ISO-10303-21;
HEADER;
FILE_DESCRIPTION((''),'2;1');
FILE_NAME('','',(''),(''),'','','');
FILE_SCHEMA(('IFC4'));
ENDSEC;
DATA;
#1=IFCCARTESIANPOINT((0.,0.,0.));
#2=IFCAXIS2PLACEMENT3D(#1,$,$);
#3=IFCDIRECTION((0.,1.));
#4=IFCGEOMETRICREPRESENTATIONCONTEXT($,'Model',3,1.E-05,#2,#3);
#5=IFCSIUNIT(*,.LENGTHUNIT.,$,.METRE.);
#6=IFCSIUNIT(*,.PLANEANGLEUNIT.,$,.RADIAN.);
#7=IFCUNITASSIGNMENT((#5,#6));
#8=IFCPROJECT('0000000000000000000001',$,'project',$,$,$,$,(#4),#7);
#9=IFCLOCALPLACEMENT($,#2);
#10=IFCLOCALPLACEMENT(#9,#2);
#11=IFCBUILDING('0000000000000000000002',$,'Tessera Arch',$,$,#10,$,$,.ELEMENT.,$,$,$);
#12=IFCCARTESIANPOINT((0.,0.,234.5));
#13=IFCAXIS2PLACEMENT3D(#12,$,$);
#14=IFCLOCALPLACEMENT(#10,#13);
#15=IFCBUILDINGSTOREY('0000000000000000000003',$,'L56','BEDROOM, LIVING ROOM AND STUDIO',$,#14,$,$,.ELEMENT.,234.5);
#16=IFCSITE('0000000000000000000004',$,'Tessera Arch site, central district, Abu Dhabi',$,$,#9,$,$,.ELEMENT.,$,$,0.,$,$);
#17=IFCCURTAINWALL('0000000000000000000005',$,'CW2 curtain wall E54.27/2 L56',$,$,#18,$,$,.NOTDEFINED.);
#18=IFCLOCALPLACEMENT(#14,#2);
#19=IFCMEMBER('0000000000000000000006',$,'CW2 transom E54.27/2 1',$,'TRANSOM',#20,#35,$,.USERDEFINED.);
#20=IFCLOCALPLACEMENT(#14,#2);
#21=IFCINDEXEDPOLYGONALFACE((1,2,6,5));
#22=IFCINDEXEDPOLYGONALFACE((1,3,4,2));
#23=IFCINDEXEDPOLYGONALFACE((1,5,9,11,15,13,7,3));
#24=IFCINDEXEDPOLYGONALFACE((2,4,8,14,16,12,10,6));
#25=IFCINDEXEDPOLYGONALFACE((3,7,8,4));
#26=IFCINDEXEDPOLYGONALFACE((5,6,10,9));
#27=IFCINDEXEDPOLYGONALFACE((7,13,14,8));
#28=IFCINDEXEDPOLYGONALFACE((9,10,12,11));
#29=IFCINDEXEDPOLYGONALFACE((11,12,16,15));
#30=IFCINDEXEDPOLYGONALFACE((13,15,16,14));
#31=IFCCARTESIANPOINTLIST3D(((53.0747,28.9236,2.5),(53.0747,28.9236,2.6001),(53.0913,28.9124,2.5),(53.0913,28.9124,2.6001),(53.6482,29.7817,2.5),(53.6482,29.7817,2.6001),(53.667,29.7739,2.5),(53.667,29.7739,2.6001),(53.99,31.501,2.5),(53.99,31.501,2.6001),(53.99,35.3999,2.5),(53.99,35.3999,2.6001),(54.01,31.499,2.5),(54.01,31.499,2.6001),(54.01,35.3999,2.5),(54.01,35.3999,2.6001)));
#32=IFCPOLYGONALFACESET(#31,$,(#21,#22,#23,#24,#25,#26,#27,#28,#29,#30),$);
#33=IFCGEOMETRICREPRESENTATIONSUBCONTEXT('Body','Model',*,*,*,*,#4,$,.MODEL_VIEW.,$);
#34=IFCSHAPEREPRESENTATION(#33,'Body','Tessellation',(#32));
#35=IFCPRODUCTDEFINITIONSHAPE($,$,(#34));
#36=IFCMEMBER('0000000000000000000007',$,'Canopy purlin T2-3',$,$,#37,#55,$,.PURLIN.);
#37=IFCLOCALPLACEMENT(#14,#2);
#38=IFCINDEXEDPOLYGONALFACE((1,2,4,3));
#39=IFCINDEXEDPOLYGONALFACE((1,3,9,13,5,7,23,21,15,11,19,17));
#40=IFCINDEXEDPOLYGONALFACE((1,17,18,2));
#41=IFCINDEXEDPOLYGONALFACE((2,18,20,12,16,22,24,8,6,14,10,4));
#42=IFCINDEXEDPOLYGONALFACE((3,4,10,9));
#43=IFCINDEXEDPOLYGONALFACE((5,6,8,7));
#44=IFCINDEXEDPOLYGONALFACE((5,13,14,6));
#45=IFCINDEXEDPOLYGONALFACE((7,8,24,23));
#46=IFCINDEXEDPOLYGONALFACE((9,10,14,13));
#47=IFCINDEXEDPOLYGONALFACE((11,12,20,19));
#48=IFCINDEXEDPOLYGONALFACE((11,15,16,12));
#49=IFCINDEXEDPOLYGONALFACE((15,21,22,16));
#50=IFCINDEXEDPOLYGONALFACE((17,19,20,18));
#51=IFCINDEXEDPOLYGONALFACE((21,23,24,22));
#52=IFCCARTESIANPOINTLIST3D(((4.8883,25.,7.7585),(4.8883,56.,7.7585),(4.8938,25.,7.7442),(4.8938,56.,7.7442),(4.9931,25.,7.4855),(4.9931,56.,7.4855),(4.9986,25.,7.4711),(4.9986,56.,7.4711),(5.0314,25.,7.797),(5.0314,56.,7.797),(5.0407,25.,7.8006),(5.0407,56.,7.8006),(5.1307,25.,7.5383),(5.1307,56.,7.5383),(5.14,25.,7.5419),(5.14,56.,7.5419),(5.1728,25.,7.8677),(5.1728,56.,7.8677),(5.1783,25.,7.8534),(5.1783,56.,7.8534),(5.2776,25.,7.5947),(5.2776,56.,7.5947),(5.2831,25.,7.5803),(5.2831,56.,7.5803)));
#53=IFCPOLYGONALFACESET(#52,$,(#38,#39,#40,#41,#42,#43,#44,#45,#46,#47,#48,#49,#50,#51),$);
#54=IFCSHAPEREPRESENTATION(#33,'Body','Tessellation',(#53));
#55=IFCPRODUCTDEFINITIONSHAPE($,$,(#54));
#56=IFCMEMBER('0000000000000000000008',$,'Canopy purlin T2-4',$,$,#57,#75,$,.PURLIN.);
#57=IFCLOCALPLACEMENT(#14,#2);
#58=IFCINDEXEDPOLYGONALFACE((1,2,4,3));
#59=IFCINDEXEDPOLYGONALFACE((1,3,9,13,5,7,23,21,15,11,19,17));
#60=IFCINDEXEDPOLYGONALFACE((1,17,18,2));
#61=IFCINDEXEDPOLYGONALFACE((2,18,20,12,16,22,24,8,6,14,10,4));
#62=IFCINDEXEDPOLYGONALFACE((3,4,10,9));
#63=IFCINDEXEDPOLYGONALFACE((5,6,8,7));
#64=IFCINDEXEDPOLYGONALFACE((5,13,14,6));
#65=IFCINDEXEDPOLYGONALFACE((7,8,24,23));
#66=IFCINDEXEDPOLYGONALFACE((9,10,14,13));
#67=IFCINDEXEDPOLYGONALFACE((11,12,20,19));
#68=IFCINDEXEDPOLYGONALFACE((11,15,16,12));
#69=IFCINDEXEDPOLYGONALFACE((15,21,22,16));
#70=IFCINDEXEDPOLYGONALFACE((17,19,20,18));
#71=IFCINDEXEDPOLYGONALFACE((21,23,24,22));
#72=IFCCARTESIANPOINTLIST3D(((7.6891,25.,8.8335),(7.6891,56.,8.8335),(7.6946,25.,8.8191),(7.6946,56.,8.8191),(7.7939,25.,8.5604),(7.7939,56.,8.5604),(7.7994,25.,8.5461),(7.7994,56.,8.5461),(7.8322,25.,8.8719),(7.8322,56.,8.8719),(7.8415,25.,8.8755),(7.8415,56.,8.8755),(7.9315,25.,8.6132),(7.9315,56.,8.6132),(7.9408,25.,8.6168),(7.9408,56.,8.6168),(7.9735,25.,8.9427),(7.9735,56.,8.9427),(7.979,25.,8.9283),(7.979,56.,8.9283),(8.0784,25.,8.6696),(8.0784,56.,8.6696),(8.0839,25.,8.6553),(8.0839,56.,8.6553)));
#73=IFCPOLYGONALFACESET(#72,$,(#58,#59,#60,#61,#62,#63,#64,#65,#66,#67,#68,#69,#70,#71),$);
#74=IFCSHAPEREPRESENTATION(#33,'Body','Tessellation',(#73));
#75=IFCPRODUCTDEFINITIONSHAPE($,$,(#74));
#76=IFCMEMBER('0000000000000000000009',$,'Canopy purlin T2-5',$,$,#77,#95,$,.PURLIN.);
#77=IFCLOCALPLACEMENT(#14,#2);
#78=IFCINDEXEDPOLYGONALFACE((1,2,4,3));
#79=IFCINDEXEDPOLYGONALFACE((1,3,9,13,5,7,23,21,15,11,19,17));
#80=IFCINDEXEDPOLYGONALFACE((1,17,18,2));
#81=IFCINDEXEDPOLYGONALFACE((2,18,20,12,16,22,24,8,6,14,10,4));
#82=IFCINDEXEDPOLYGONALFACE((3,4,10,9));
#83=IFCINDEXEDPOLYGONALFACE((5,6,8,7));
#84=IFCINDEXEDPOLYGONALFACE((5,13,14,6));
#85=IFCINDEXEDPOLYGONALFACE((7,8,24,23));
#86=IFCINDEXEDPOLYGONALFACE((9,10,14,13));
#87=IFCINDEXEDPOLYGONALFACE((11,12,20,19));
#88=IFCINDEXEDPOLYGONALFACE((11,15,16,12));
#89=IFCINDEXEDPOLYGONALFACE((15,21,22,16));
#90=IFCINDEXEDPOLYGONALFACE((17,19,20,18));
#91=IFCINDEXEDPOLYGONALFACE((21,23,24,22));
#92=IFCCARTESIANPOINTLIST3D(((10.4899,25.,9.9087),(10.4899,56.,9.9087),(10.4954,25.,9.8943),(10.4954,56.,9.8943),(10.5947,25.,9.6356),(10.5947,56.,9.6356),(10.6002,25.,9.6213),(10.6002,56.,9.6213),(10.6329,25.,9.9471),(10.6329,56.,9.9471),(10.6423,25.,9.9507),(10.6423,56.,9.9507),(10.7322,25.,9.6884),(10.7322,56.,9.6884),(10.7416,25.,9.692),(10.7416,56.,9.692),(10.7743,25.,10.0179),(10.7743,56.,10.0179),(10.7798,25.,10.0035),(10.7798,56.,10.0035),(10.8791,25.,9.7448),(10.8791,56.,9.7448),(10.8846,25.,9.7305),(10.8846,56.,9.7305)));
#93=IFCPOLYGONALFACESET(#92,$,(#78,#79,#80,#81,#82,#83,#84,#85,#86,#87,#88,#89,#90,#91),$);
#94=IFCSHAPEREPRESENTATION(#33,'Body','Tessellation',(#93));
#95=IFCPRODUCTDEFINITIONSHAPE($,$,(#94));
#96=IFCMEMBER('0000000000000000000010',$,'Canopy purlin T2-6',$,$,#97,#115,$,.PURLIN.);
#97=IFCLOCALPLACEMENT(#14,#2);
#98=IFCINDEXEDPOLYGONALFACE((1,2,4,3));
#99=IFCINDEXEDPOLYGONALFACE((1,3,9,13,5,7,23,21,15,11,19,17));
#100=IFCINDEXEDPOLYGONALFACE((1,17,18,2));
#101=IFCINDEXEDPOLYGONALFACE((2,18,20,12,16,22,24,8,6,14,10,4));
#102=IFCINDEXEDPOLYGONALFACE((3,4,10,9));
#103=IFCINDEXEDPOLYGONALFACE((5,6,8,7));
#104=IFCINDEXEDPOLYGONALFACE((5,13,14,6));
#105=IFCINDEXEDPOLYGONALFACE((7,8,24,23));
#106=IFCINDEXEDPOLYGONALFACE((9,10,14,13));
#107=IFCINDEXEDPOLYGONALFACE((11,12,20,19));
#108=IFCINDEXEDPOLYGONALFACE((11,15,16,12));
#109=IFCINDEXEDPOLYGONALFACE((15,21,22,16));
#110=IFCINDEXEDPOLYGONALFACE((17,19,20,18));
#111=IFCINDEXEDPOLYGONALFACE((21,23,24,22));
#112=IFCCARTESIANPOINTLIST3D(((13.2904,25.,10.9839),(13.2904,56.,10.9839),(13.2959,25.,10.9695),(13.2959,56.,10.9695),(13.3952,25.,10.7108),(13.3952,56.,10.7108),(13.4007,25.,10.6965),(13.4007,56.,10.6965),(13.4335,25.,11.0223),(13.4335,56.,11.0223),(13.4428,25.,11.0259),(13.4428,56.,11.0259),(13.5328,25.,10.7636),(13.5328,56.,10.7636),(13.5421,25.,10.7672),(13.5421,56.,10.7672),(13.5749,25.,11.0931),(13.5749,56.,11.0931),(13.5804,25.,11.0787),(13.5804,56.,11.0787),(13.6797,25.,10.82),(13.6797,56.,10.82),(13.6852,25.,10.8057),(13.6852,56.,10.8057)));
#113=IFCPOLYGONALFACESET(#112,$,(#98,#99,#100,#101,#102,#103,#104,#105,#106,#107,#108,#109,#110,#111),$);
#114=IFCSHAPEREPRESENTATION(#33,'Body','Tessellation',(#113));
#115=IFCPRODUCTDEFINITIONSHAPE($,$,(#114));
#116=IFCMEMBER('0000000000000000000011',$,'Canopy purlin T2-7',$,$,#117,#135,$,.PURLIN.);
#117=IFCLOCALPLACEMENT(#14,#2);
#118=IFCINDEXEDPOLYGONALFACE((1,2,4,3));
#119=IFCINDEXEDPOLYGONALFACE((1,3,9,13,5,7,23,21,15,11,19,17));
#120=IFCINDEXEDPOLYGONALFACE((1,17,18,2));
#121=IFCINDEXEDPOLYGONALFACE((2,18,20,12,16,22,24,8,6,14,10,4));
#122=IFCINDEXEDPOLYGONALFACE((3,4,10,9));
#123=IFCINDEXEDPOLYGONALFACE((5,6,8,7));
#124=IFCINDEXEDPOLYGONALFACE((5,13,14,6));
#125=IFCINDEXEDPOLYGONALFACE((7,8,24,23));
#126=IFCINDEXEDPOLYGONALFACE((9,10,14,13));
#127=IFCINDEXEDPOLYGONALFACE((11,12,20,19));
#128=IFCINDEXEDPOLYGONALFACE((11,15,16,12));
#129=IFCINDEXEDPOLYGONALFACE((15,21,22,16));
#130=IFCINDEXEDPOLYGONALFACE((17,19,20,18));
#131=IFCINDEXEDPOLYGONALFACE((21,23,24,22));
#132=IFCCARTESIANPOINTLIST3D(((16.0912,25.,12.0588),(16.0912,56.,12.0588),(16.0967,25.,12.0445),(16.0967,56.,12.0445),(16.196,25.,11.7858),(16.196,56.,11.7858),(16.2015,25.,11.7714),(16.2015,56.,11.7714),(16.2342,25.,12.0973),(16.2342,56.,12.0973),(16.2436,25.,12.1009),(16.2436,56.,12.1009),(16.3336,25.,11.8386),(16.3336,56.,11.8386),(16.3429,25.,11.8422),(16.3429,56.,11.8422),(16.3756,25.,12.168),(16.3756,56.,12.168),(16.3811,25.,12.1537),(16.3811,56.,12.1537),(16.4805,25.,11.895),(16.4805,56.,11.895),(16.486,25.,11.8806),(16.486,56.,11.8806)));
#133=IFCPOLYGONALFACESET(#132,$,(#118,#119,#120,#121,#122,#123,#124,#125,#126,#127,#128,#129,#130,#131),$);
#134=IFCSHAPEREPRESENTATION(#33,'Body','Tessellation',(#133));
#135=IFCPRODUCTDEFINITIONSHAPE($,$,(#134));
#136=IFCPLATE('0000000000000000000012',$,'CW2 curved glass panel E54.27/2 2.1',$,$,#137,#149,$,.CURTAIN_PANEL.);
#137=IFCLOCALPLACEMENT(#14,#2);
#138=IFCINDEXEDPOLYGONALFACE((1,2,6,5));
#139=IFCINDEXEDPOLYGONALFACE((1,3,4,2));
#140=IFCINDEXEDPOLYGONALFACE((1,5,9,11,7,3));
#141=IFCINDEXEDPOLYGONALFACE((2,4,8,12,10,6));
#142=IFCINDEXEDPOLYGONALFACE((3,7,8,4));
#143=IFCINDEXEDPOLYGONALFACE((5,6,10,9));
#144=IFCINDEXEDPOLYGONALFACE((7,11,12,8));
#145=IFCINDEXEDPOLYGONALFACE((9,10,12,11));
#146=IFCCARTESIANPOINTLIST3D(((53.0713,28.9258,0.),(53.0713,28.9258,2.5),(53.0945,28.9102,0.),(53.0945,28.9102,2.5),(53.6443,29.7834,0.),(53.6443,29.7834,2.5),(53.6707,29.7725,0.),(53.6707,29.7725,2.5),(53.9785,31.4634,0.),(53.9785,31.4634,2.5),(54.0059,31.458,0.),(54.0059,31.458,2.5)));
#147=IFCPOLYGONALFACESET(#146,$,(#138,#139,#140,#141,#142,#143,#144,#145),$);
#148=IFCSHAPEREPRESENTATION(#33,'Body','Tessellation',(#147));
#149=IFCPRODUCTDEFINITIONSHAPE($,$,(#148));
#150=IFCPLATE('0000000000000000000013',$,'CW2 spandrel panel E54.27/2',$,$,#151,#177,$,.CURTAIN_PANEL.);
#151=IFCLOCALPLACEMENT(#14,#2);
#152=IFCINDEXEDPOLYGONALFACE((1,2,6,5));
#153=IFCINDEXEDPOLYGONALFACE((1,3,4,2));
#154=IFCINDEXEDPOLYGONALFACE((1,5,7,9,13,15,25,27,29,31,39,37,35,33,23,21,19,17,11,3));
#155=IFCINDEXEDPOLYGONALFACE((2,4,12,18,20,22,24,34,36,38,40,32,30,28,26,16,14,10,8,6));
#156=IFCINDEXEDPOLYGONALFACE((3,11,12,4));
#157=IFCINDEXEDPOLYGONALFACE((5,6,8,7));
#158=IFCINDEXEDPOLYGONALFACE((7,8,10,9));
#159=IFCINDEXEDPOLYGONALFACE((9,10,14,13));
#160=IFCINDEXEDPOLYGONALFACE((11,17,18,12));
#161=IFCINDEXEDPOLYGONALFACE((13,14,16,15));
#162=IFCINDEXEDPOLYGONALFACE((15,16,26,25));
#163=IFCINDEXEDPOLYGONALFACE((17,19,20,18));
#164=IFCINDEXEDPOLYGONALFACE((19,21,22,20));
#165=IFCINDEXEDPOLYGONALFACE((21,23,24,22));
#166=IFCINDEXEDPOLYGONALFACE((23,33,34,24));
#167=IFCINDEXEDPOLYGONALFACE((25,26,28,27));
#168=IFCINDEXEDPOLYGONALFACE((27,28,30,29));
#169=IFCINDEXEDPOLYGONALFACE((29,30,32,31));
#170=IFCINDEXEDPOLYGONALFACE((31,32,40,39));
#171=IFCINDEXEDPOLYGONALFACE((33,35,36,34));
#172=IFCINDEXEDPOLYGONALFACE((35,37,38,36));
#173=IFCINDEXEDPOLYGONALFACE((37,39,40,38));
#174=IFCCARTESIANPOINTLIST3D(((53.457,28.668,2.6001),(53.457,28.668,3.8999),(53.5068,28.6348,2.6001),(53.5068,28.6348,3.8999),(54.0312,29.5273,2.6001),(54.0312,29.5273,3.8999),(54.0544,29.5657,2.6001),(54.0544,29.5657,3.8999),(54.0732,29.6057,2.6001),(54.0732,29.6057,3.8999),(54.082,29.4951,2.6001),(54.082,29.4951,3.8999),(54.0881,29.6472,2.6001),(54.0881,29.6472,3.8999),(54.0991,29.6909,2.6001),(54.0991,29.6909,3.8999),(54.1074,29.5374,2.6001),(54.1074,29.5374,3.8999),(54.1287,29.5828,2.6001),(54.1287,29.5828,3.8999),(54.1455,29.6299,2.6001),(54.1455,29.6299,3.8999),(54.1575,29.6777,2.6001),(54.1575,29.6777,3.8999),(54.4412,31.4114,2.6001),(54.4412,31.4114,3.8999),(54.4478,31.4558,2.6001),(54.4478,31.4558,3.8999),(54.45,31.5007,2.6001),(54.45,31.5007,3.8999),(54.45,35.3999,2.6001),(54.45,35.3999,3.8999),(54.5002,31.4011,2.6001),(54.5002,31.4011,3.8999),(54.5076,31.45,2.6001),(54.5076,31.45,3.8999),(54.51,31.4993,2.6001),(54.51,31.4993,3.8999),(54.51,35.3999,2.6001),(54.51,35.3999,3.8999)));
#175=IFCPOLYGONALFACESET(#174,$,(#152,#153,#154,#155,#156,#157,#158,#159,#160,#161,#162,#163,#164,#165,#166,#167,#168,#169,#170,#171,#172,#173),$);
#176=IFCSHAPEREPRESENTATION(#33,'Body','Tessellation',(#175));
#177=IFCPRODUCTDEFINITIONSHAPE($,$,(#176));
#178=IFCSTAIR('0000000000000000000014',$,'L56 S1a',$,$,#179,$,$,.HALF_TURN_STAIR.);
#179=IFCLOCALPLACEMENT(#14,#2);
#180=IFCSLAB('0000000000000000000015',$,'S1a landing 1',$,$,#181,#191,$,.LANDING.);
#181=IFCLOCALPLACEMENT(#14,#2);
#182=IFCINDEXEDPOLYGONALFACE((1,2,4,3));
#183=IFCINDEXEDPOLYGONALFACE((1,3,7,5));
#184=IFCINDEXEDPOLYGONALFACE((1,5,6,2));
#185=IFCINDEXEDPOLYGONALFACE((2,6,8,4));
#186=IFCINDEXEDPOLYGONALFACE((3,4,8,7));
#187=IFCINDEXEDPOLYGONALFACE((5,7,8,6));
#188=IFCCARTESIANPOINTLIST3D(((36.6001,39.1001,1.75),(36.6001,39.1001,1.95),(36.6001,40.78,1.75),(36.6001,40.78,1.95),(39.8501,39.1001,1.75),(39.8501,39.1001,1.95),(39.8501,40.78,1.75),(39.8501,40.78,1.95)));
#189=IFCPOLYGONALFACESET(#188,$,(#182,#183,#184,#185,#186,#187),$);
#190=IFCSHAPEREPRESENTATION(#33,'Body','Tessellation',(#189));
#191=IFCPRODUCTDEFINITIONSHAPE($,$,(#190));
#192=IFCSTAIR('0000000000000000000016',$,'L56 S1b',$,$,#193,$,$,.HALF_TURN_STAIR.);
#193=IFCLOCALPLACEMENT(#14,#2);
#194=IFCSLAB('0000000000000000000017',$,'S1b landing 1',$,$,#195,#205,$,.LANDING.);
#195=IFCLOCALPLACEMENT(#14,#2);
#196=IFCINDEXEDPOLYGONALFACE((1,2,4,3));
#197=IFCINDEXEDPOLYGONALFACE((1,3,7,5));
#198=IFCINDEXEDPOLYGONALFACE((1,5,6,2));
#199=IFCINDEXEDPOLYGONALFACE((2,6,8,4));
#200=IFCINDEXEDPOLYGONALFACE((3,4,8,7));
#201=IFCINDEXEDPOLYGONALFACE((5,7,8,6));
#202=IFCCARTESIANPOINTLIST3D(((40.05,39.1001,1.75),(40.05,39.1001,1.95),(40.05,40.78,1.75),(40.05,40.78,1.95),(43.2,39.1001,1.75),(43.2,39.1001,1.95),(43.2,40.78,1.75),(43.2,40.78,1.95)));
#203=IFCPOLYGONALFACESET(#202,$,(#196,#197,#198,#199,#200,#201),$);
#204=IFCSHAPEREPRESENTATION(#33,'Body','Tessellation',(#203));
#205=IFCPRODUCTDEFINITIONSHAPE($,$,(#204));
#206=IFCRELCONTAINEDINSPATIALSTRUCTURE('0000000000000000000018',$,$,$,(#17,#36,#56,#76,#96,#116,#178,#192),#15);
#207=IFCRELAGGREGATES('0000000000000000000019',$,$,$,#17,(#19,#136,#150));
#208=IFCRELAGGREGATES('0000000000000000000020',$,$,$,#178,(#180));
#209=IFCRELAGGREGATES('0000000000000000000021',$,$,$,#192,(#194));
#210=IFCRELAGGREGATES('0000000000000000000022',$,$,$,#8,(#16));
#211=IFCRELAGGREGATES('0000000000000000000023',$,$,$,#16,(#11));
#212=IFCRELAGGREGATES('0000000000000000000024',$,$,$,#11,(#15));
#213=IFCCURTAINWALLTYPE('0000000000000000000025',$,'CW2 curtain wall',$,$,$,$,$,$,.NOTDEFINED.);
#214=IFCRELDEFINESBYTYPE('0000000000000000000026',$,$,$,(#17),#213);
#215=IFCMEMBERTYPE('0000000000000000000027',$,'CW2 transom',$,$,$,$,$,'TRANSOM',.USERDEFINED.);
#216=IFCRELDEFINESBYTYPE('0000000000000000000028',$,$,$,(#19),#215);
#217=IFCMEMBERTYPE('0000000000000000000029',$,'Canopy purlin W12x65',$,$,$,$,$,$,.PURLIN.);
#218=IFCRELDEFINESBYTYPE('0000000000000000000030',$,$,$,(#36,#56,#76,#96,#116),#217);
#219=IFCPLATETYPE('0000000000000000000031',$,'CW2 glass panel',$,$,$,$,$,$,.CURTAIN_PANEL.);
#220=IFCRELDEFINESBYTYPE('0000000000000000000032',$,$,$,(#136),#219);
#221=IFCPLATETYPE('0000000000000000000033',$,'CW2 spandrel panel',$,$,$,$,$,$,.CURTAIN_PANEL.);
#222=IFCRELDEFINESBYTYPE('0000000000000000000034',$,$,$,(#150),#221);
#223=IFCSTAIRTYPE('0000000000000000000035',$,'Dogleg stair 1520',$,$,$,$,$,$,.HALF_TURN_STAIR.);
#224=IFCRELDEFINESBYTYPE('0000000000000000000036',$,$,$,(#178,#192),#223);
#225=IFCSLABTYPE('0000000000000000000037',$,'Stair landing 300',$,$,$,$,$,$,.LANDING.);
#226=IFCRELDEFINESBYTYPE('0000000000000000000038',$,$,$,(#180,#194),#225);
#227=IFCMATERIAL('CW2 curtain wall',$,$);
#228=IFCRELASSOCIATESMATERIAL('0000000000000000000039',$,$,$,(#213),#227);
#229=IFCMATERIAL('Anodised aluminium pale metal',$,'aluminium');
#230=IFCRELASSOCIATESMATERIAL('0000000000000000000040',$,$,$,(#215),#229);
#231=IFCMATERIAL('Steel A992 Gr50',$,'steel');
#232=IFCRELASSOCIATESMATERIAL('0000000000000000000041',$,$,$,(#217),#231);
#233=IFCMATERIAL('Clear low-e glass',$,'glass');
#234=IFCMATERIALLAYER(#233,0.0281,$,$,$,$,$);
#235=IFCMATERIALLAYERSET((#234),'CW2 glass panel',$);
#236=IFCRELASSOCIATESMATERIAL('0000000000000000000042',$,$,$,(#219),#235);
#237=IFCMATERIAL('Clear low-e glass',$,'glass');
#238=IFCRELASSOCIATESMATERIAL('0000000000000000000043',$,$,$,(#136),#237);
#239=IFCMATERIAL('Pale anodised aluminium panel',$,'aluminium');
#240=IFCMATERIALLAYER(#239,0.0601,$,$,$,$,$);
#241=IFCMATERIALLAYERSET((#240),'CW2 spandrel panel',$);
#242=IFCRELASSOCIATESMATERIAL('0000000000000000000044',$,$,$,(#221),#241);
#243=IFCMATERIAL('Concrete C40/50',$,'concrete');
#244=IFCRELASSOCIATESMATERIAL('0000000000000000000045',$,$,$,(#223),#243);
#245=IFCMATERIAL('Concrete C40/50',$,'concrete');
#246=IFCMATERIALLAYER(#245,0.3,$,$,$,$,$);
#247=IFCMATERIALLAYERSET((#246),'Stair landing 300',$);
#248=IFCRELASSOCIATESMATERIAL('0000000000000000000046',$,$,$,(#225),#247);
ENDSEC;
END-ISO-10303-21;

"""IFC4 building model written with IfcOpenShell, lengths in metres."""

from ifc_helpers import new_model, si_unit, direction, frame, origin, origin_2d, place, context, subcontext, project, spatial, polyline, rectangle, i_section, outline, extrude, material, layer, layer_set, material_profile, profile_set, type_object, element, aggregate, save


model = new_model("IFC4")

# Units and contexts
model_context = context("Model", 3, precision=1e-05, world=origin(), true_north=direction((0.0, 1.0)))
body_context = subcontext(model_context, "Body", "Model", "MODEL_VIEW")
ifc_project = project(units=[si_unit("LENGTHUNIT", "METRE"), si_unit("PLANEANGLEUNIT", "RADIAN")], contexts=[model_context])

# Site, building, storey
site_placement = place(None, origin())
site = spatial("IfcSite", under=ifc_project, at=site_placement, Name="Tessera Arch site, central district, Abu Dhabi", CompositionType="ELEMENT", RefElevation=0.0)
building_placement = place(site_placement, origin())
building = spatial("IfcBuilding", under=site, at=building_placement, Name="Tessera Arch", CompositionType="ELEMENT")
storey_placement = place(building_placement, frame((0.0, 0.0, 234.5)))
storey = spatial("IfcBuildingStorey", under=building, at=storey_placement, Name="L56", Description="BEDROOM, LIVING ROOM AND STUDIO", CompositionType="ELEMENT", Elevation=234.5)

# Curtain wall, member
ifc_material_1 = material(Name="CW2 curtain wall")
curtain_wall_type = type_object("IfcCurtainWallType", Name="CW2 curtain wall", PredefinedType="NOTDEFINED", material=ifc_material_1)
curtain_wall_placement = place(storey_placement, origin())
curtain_wall = element("IfcCurtainWall", 1, at=curtain_wall_placement, inside=storey, type_object=curtain_wall_type, Name="CW2 curtain wall E54.27/2 L56", PredefinedType="NOTDEFINED")
ifc_material_2 = material(Name="Anodised aluminium pale metal", Category="aluminium")
ifc_material_profile_1 = material_profile(ifc_material_2, rectangle(XDim=0.2, YDim=0.1001, at=origin_2d()), Name="AL 200x100")
ifc_profile_set_1 = profile_set([ifc_material_profile_1], Name="Anodised aluminium pale metal")
member_type_1 = type_object("IfcMemberType", Name="CW2 transom", ElementType="TRANSOM", PredefinedType="USERDEFINED", material=ifc_profile_set_1)
member_placement = place(storey_placement, frame((0.0, 0.0, 2.5)))
member = element("IfcMember", 2, at=member_placement, type_object=member_type_1, Name="CW2 transom E54.27/2 1", ObjectType="TRANSOM", PredefinedType="USERDEFINED", context=body_context, shape_type="SweptSolid", body=[
    extrude(outline(polyline([(53.6482, 29.7817), (53.0747, 28.9236), (53.0913, 28.9124), (53.667, 29.7739), (54.01, 31.499), (54.01, 35.3999), (53.99, 35.3999), (53.99, 31.501), (53.6482, 29.7817)])), origin(), (0.0, 0.0, 1.0), 0.1001),
])

# Members
ifc_material_3 = material(Name="Steel A992 Gr50", Category="steel")
ifc_material_profile_2 = material_profile(ifc_material_3, i_section(OverallWidth=0.3047, OverallDepth=0.3079, WebThickness=0.01, FlangeThickness=0.0154, at=origin_2d()), Name="W12x65")
ifc_profile_set_2 = profile_set([ifc_material_profile_2], Name="Steel A992 Gr50")
member_type_2 = type_object("IfcMemberType", Name="Canopy purlin W12x65", PredefinedType="PURLIN", material=ifc_profile_set_2)
for number, where, z_axis, x_axis, name in (
    (3, (5.0857, 25.0, 7.6694), (0.0, 1.0, 0.0), (-0.93358, 0.0, -0.358368), "Canopy purlin T2-3"),
    (4, (7.8865, 25.0, 8.7444), (0.0, 1.0, 0.0), (-0.93358, 0.0, -0.358368), "Canopy purlin T2-4"),
    (5, (10.6873, 25.0, 9.8196), (0.0, 1.0, 0.0), (-0.93358, 0.0, -0.358368), "Canopy purlin T2-5"),
    (6, (13.4878, 25.0, 10.8948), (0.0, 1.0, 0.0), (-0.93358, 0.0, -0.358368), "Canopy purlin T2-6"),
    (7, (16.2886, 25.0, 11.9697), (0.0, 1.0, 0.0), (-0.93358, 0.0, -0.358368), "Canopy purlin T2-7"),
):
    element("IfcMember", number, at=place(storey_placement, frame(where, z_axis=z_axis, x_axis=x_axis)), inside=storey, type_object=member_type_2, Name=name, PredefinedType="PURLIN", context=body_context, shape_type="SweptSolid", body=[
        extrude(i_section(OverallWidth=0.3047, OverallDepth=0.3079, WebThickness=0.01, FlangeThickness=0.0154, at=origin_2d()), origin(), (0.0, 0.0, 1.0), 31.0),
    ])

# Plates
ifc_material_4 = material(Name="Clear low-e glass", Category="glass")
ifc_material_5 = material(Name="Clear low-e glass", Category="glass")
ifc_layer_1 = layer(ifc_material_5, 0.0281)
ifc_layer_set_1 = layer_set([ifc_layer_1], Name="CW2 glass panel")
plate_type_1 = type_object("IfcPlateType", Name="CW2 glass panel", PredefinedType="CURTAIN_PANEL", material=ifc_layer_set_1)
plate_1_placement = place(storey_placement, origin())
plate_1 = element("IfcPlate", 8, at=plate_1_placement, type_object=plate_type_1, material=ifc_material_4, Name="CW2 curved glass panel E54.27/2 2.1", PredefinedType="CURTAIN_PANEL", context=body_context, shape_type="SweptSolid", body=[
    extrude(outline(polyline([(53.6443, 29.7834), (53.0713, 28.9258), (53.0945, 28.9102), (53.6707, 29.7725), (54.0059, 31.458), (53.9785, 31.4634), (53.6443, 29.7834)])), origin(), (0.0, 0.0, 1.0), 2.5),
])
ifc_material_6 = material(Name="Pale anodised aluminium panel", Category="aluminium")
ifc_layer_2 = layer(ifc_material_6, 0.0601)
ifc_layer_set_2 = layer_set([ifc_layer_2], Name="CW2 spandrel panel")
plate_type_2 = type_object("IfcPlateType", Name="CW2 spandrel panel", PredefinedType="CURTAIN_PANEL", material=ifc_layer_set_2)
plate_2_placement = place(storey_placement, frame((0.0, 0.0, 2.6001)))
plate_2 = element("IfcPlate", 9, at=plate_2_placement, type_object=plate_type_2, Name="CW2 spandrel panel E54.27/2", PredefinedType="CURTAIN_PANEL", context=body_context, shape_type="SweptSolid", body=[
    extrude(outline(polyline([(54.0312, 29.5273), (53.457, 28.668), (53.5068, 28.6348), (54.082, 29.4951), (54.1074, 29.5374), (54.1287, 29.5828), (54.1455, 29.6299), (54.1575, 29.6777), (54.5002, 31.4011), (54.5076, 31.45), (54.51, 31.4993), (54.51, 35.3999), (54.45, 35.3999), (54.45, 31.5007), (54.4478, 31.4558), (54.4412, 31.4114), (54.0991, 29.6909), (54.0881, 29.6472), (54.0732, 29.6057), (54.0544, 29.5657), (54.0312, 29.5273)])), origin(), (0.0, 0.0, 1.0), 1.2998),
])
aggregate(curtain_wall, [member, plate_1, plate_2])

# Stairs, slabs
ifc_material_7 = material(Name="Concrete C40/50", Category="concrete")
stair_type = type_object("IfcStairType", Name="Dogleg stair 1520", PredefinedType="HALF_TURN_STAIR", material=ifc_material_7)
stair_1_placement = place(storey_placement, origin())
stair_1 = element("IfcStair", 10, at=stair_1_placement, inside=storey, type_object=stair_type, Name="L56 S1a", PredefinedType="HALF_TURN_STAIR")
ifc_material_8 = material(Name="Concrete C40/50", Category="concrete")
ifc_layer_3 = layer(ifc_material_8, 0.3)
ifc_layer_set_3 = layer_set([ifc_layer_3], Name="Stair landing 300")
slab_type = type_object("IfcSlabType", Name="Stair landing 300", PredefinedType="LANDING", material=ifc_layer_set_3)
slab_1_placement = place(storey_placement, frame((0.0, 0.0, 1.75)))
slab_1 = element("IfcSlab", 11, at=slab_1_placement, type_object=slab_type, Name="S1a landing 1", PredefinedType="LANDING", context=body_context, shape_type="SweptSolid", body=[
    extrude(outline(polyline([(36.6001, 40.78), (36.6001, 39.1001), (39.8501, 39.1001), (39.8501, 40.78), (36.6001, 40.78)])), origin(), (0.0, 0.0, 1.0), 0.2),
])
aggregate(stair_1, [slab_1])
stair_2_placement = place(storey_placement, origin())
stair_2 = element("IfcStair", 12, at=stair_2_placement, inside=storey, type_object=stair_type, Name="L56 S1b", PredefinedType="HALF_TURN_STAIR")
slab_2_placement = place(storey_placement, frame((0.0, 0.0, 1.75)))
slab_2 = element("IfcSlab", 13, at=slab_2_placement, type_object=slab_type, Name="S1b landing 1", PredefinedType="LANDING", context=body_context, shape_type="SweptSolid", body=[
    extrude(outline(polyline([(40.05, 40.78), (40.05, 39.1001), (43.2, 39.1001), (43.2, 40.78), (40.05, 40.78)])), origin(), (0.0, 0.0, 1.0), 0.2),
])
aggregate(stair_2, [slab_2])

save(model, "model.ifc")
